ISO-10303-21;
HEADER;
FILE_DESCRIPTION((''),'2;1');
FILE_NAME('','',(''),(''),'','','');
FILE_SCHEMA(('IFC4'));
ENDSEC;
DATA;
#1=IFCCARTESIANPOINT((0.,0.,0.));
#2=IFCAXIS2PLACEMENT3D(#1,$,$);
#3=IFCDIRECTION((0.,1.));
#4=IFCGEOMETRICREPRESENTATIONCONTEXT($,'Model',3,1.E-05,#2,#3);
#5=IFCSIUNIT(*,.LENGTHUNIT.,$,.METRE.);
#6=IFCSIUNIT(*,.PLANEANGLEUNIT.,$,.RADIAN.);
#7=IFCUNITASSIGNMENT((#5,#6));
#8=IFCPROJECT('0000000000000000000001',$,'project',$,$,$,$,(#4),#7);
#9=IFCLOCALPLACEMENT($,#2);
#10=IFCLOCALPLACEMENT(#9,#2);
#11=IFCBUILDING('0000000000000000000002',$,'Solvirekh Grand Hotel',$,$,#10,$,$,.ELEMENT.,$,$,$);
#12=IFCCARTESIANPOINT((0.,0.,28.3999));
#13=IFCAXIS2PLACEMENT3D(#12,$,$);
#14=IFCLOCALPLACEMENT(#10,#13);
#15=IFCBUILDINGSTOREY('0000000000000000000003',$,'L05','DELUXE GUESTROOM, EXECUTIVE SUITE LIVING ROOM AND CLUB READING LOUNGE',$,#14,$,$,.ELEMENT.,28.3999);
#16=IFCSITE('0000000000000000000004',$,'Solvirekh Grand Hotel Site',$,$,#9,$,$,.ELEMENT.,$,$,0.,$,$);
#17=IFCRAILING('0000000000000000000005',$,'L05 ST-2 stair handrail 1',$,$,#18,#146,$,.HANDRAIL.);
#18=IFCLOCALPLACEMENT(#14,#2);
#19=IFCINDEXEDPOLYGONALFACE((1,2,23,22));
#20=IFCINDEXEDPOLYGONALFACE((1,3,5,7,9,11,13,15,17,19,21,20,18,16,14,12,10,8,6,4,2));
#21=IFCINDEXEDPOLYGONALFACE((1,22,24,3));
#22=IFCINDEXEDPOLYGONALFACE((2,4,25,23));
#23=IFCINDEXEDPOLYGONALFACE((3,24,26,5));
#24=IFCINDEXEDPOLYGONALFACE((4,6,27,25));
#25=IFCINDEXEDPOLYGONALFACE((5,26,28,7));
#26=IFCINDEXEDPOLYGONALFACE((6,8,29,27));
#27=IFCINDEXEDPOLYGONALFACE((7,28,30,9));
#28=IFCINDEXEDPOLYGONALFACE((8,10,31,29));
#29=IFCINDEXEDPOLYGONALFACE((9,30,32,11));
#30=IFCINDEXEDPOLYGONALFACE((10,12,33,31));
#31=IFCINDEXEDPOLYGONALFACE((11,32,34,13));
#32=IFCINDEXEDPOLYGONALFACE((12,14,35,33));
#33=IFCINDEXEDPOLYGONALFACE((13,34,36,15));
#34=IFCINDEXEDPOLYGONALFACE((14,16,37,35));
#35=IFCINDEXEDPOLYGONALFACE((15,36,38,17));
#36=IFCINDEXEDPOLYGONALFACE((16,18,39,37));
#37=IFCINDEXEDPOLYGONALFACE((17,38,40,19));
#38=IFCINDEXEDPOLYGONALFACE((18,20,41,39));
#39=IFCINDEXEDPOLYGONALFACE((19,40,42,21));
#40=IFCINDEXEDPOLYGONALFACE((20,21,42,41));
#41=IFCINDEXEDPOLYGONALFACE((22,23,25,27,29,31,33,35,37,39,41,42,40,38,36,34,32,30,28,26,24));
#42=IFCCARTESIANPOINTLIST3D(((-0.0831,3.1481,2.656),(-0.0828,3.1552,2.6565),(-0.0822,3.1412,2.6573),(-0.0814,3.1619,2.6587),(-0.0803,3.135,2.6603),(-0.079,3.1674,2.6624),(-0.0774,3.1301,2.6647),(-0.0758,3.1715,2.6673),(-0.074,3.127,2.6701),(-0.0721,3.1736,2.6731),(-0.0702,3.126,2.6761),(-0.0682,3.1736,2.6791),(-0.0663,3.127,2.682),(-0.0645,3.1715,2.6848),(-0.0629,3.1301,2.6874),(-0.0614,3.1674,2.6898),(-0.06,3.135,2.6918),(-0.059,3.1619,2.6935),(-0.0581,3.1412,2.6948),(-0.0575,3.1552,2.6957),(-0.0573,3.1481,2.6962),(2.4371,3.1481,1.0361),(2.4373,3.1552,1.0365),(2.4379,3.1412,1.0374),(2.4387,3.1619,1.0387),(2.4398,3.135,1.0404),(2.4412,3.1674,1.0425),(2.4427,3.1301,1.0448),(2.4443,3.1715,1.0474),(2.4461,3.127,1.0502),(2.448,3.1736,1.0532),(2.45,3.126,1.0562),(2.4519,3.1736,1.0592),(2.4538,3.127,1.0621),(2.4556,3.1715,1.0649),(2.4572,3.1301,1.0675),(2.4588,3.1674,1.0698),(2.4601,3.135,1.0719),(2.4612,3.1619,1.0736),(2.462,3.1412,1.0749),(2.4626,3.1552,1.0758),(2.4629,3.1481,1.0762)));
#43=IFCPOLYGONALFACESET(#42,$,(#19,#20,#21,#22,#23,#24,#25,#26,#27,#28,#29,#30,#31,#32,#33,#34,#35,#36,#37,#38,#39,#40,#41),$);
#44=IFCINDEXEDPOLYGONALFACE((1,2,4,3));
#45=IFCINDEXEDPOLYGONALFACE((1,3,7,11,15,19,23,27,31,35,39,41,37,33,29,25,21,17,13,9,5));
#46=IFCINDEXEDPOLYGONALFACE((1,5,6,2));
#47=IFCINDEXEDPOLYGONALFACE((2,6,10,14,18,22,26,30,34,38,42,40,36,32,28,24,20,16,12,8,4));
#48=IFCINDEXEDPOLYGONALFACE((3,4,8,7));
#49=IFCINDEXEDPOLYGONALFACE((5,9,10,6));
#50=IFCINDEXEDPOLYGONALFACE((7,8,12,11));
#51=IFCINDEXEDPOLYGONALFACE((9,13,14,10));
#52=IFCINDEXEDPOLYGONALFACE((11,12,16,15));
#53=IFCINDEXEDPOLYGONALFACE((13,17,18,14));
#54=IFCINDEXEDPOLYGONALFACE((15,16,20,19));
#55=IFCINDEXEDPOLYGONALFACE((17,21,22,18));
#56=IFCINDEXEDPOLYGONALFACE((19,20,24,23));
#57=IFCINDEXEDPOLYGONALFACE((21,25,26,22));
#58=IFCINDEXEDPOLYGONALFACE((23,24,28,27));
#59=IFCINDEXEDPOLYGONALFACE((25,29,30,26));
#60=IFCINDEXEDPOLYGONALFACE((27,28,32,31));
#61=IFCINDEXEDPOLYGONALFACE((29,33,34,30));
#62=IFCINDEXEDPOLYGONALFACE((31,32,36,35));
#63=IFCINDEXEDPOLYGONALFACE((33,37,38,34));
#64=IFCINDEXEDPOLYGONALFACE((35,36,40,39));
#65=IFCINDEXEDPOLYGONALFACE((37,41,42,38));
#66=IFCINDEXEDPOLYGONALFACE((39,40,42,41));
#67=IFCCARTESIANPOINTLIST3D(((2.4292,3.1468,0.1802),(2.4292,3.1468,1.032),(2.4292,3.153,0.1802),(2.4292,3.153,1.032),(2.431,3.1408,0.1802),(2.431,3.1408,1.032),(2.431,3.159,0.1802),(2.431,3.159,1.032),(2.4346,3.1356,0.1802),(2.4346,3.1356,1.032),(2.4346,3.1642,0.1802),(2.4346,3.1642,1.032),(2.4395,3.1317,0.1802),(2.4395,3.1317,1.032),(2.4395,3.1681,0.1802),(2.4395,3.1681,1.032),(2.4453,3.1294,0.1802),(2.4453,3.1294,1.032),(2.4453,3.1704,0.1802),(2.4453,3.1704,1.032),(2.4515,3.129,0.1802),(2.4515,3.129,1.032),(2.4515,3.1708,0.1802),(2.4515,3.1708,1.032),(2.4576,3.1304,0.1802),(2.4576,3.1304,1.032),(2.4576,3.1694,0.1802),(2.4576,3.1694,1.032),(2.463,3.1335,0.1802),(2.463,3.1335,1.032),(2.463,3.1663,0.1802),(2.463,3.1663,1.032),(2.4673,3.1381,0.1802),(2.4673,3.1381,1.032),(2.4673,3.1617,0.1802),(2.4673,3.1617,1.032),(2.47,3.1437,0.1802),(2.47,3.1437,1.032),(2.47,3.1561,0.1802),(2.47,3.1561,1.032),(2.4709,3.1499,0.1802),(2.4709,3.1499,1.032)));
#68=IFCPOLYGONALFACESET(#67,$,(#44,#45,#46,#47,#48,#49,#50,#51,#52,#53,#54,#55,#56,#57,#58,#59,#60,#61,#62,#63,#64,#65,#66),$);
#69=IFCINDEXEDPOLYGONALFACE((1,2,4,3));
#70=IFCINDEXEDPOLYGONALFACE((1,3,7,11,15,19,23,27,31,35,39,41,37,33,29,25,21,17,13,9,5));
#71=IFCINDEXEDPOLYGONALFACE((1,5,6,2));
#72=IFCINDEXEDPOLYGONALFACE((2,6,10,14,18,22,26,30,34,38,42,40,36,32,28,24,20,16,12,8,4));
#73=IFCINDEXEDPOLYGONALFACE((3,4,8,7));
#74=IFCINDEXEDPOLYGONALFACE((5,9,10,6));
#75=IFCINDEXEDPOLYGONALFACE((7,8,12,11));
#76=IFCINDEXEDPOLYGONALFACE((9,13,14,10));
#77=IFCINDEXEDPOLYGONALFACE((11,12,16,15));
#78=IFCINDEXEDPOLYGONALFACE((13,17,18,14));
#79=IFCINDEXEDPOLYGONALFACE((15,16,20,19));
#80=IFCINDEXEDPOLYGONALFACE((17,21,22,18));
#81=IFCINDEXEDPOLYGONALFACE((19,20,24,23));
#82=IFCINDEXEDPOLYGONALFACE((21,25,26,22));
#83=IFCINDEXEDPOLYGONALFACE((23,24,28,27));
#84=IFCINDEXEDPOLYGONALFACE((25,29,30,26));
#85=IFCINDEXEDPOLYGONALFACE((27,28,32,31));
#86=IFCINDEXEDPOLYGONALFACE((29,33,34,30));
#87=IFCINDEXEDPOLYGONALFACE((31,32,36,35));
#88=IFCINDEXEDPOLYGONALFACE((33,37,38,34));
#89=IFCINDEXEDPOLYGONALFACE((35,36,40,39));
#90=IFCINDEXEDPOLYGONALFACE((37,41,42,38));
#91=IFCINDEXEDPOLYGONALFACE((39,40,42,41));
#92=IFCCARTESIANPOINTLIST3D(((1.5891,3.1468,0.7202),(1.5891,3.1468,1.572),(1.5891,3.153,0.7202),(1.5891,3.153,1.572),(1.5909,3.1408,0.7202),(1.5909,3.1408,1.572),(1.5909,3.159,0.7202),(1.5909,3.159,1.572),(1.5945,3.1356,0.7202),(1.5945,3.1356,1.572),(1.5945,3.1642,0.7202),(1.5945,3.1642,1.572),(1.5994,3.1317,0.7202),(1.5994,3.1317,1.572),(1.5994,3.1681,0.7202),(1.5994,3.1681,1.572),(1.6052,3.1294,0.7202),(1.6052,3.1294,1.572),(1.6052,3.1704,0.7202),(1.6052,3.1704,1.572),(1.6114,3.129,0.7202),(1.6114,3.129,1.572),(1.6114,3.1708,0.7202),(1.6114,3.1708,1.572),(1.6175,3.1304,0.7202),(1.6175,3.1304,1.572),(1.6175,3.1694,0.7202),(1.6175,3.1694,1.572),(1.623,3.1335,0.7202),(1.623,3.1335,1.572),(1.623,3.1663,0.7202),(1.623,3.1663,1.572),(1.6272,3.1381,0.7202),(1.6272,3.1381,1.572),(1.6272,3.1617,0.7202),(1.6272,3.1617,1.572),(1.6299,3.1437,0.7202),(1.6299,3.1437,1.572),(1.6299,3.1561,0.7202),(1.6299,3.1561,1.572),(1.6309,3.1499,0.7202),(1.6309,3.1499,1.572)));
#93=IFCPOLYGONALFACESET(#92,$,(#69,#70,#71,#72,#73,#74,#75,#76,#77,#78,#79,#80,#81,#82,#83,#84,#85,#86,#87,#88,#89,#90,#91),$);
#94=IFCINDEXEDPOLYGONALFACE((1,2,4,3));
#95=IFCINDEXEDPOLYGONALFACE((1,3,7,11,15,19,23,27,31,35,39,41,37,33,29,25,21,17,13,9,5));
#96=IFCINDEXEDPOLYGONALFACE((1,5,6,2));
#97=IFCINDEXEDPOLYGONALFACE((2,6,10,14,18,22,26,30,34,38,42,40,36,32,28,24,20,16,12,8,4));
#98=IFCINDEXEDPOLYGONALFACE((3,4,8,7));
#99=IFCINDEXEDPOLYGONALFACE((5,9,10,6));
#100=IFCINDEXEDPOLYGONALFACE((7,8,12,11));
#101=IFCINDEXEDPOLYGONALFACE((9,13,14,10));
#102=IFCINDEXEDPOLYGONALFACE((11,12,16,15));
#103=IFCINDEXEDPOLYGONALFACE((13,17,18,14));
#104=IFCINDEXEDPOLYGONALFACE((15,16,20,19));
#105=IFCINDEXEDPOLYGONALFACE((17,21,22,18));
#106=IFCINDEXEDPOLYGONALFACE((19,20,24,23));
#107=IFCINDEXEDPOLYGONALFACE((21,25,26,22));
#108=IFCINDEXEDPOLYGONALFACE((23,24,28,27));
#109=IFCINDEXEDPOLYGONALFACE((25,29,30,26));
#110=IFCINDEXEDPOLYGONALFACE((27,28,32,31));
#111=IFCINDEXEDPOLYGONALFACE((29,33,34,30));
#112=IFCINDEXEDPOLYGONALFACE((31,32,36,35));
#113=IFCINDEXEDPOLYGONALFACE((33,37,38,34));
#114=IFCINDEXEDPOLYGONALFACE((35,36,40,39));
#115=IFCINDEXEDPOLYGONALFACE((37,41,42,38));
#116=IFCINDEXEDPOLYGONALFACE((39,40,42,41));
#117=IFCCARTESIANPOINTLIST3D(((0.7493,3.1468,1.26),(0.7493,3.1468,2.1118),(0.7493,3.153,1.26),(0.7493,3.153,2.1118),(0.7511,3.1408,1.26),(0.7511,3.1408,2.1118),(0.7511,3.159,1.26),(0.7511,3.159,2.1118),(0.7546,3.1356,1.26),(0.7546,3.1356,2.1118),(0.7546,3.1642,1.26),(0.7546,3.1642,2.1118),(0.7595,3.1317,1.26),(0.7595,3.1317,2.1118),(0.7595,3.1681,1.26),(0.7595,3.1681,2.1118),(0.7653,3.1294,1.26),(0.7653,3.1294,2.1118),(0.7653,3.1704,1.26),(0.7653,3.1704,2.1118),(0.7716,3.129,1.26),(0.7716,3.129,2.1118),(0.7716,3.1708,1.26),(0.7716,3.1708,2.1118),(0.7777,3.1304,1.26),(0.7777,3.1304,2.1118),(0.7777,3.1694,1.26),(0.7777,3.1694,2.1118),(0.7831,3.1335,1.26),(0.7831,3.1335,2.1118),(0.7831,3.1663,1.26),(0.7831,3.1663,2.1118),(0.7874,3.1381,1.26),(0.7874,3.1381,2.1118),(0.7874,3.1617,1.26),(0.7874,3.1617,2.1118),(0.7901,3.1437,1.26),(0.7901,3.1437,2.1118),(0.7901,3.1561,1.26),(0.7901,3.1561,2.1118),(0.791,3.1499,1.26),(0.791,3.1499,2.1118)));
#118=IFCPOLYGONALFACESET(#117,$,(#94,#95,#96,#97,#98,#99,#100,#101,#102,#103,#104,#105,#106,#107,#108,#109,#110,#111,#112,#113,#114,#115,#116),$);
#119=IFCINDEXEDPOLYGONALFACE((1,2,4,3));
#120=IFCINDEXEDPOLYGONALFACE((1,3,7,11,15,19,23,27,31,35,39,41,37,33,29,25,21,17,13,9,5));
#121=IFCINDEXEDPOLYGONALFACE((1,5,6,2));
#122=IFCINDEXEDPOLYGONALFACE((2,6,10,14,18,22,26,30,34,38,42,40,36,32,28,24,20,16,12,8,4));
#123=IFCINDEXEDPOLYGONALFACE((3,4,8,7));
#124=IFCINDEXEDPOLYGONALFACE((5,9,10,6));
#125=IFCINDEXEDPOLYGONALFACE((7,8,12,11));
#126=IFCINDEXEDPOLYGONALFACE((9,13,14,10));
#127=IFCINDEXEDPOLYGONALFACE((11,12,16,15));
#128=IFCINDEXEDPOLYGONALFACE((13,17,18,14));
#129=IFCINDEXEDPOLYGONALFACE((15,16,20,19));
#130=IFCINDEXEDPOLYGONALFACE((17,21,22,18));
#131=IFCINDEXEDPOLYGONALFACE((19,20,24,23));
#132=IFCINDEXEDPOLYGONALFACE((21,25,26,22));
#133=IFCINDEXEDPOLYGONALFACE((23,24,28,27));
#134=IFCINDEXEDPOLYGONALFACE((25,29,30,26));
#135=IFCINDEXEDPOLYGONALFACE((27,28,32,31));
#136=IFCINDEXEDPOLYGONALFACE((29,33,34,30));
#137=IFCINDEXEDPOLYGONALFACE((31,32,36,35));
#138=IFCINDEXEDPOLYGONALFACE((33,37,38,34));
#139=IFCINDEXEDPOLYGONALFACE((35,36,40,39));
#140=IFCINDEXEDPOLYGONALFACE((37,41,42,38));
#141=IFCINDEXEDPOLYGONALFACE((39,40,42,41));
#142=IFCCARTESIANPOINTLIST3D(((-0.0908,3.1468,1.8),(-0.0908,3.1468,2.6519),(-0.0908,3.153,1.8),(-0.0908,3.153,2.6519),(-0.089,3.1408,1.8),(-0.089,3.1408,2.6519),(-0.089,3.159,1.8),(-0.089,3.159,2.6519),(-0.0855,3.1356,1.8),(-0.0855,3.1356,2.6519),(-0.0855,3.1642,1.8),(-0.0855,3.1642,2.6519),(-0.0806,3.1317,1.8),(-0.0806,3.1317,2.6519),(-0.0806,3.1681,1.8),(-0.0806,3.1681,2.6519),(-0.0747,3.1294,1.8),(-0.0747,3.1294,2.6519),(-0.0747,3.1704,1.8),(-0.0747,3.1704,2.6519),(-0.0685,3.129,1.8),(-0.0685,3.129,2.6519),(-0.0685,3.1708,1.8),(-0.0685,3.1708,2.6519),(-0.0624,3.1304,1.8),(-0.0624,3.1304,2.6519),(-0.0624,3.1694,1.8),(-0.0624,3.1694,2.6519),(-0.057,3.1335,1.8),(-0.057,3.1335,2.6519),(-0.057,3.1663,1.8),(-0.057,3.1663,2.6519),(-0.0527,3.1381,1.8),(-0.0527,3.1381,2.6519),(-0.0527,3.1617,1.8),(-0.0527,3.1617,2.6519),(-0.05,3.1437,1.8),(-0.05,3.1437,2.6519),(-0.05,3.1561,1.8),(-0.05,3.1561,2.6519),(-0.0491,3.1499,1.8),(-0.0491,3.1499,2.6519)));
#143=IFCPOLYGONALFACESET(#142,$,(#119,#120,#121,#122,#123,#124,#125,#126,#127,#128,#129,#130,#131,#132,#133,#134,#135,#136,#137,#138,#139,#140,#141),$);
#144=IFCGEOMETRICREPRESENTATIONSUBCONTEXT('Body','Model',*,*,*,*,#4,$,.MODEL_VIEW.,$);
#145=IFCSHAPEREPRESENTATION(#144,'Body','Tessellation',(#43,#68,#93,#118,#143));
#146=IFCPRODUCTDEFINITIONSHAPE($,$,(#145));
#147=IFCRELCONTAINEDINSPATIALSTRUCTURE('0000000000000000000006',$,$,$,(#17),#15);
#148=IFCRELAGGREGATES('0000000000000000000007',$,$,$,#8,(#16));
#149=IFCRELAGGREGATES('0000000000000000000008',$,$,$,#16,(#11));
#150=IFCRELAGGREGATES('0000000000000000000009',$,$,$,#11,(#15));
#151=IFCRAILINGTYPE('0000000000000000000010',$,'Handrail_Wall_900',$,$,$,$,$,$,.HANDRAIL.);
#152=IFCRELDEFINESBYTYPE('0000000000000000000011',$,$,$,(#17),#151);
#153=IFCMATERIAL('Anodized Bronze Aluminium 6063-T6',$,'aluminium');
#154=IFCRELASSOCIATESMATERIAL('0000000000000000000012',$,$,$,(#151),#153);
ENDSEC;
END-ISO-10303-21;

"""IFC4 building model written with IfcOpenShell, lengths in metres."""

from ifc_helpers import new_model, si_unit, direction, frame, origin, origin_2d, place, context, subcontext, project, spatial, circle, extrude, material, type_object, element, save


model = new_model("IFC4")

# Units and contexts
model_context = context("Model", 3, precision=1e-05, world=origin(), true_north=direction((0.0, 1.0)))
body_context = subcontext(model_context, "Body", "Model", "MODEL_VIEW")
ifc_project = project(units=[si_unit("LENGTHUNIT", "METRE"), si_unit("PLANEANGLEUNIT", "RADIAN")], contexts=[model_context])

# Site, building, storey
site_placement = place(None, origin())
site = spatial("IfcSite", under=ifc_project, at=site_placement, Name="Solvirekh Grand Hotel Site", CompositionType="ELEMENT", RefElevation=0.0)
building_placement = place(site_placement, origin())
building = spatial("IfcBuilding", under=site, at=building_placement, Name="Solvirekh Grand Hotel", CompositionType="ELEMENT")
storey_placement = place(building_placement, frame((0.0, 0.0, 28.3999)))
storey = spatial("IfcBuildingStorey", under=building, at=storey_placement, Name="L05", Description="DELUXE GUESTROOM, EXECUTIVE SUITE LIVING ROOM AND CLUB READING LOUNGE", CompositionType="ELEMENT", Elevation=28.3999)

# Railing
ifc_material_1 = material(Name="Anodized Bronze Aluminium 6063-T6", Category="aluminium")
railing_type_1 = type_object("IfcRailingType", Name="Handrail_Wall_900", PredefinedType="HANDRAIL", material=ifc_material_1)
railing_1_placement = place(storey_placement, frame((2.45, 3.1499, 0.1802)))
element("IfcRailing", 1, at=railing_1_placement, inside=storey, type_object=railing_type_1, Name="L05 ST-2 stair handrail 1", PredefinedType="HANDRAIL", context=body_context, shape_type="SweptSolid", body=[
    extrude(circle(Radius=0.0239, at=origin_2d()), frame((0.0, 0.0, 0.876), z_axis=(-0.8412, 0.0, 0.540725), x_axis=(0.0, -1.0, 0.0)), (0.0, 0.0, 1.0), 2.9958),
    extrude(circle(Radius=0.021, at=origin_2d()), origin(), (0.0, 0.0, 1.0), 0.8518),
    extrude(circle(Radius=0.021, at=origin_2d()), frame((-0.8401, 0.0, 0.54)), (0.0, 0.0, 1.0), 0.8518),
    extrude(circle(Radius=0.021, at=origin_2d()), frame((-1.6799, 0.0, 1.0798)), (0.0, 0.0, 1.0), 0.8518),
    extrude(circle(Radius=0.021, at=origin_2d()), frame((-2.52, 0.0, 1.6199)), (0.0, 0.0, 1.0), 0.8518),
])

save(model, "model.ifc")
